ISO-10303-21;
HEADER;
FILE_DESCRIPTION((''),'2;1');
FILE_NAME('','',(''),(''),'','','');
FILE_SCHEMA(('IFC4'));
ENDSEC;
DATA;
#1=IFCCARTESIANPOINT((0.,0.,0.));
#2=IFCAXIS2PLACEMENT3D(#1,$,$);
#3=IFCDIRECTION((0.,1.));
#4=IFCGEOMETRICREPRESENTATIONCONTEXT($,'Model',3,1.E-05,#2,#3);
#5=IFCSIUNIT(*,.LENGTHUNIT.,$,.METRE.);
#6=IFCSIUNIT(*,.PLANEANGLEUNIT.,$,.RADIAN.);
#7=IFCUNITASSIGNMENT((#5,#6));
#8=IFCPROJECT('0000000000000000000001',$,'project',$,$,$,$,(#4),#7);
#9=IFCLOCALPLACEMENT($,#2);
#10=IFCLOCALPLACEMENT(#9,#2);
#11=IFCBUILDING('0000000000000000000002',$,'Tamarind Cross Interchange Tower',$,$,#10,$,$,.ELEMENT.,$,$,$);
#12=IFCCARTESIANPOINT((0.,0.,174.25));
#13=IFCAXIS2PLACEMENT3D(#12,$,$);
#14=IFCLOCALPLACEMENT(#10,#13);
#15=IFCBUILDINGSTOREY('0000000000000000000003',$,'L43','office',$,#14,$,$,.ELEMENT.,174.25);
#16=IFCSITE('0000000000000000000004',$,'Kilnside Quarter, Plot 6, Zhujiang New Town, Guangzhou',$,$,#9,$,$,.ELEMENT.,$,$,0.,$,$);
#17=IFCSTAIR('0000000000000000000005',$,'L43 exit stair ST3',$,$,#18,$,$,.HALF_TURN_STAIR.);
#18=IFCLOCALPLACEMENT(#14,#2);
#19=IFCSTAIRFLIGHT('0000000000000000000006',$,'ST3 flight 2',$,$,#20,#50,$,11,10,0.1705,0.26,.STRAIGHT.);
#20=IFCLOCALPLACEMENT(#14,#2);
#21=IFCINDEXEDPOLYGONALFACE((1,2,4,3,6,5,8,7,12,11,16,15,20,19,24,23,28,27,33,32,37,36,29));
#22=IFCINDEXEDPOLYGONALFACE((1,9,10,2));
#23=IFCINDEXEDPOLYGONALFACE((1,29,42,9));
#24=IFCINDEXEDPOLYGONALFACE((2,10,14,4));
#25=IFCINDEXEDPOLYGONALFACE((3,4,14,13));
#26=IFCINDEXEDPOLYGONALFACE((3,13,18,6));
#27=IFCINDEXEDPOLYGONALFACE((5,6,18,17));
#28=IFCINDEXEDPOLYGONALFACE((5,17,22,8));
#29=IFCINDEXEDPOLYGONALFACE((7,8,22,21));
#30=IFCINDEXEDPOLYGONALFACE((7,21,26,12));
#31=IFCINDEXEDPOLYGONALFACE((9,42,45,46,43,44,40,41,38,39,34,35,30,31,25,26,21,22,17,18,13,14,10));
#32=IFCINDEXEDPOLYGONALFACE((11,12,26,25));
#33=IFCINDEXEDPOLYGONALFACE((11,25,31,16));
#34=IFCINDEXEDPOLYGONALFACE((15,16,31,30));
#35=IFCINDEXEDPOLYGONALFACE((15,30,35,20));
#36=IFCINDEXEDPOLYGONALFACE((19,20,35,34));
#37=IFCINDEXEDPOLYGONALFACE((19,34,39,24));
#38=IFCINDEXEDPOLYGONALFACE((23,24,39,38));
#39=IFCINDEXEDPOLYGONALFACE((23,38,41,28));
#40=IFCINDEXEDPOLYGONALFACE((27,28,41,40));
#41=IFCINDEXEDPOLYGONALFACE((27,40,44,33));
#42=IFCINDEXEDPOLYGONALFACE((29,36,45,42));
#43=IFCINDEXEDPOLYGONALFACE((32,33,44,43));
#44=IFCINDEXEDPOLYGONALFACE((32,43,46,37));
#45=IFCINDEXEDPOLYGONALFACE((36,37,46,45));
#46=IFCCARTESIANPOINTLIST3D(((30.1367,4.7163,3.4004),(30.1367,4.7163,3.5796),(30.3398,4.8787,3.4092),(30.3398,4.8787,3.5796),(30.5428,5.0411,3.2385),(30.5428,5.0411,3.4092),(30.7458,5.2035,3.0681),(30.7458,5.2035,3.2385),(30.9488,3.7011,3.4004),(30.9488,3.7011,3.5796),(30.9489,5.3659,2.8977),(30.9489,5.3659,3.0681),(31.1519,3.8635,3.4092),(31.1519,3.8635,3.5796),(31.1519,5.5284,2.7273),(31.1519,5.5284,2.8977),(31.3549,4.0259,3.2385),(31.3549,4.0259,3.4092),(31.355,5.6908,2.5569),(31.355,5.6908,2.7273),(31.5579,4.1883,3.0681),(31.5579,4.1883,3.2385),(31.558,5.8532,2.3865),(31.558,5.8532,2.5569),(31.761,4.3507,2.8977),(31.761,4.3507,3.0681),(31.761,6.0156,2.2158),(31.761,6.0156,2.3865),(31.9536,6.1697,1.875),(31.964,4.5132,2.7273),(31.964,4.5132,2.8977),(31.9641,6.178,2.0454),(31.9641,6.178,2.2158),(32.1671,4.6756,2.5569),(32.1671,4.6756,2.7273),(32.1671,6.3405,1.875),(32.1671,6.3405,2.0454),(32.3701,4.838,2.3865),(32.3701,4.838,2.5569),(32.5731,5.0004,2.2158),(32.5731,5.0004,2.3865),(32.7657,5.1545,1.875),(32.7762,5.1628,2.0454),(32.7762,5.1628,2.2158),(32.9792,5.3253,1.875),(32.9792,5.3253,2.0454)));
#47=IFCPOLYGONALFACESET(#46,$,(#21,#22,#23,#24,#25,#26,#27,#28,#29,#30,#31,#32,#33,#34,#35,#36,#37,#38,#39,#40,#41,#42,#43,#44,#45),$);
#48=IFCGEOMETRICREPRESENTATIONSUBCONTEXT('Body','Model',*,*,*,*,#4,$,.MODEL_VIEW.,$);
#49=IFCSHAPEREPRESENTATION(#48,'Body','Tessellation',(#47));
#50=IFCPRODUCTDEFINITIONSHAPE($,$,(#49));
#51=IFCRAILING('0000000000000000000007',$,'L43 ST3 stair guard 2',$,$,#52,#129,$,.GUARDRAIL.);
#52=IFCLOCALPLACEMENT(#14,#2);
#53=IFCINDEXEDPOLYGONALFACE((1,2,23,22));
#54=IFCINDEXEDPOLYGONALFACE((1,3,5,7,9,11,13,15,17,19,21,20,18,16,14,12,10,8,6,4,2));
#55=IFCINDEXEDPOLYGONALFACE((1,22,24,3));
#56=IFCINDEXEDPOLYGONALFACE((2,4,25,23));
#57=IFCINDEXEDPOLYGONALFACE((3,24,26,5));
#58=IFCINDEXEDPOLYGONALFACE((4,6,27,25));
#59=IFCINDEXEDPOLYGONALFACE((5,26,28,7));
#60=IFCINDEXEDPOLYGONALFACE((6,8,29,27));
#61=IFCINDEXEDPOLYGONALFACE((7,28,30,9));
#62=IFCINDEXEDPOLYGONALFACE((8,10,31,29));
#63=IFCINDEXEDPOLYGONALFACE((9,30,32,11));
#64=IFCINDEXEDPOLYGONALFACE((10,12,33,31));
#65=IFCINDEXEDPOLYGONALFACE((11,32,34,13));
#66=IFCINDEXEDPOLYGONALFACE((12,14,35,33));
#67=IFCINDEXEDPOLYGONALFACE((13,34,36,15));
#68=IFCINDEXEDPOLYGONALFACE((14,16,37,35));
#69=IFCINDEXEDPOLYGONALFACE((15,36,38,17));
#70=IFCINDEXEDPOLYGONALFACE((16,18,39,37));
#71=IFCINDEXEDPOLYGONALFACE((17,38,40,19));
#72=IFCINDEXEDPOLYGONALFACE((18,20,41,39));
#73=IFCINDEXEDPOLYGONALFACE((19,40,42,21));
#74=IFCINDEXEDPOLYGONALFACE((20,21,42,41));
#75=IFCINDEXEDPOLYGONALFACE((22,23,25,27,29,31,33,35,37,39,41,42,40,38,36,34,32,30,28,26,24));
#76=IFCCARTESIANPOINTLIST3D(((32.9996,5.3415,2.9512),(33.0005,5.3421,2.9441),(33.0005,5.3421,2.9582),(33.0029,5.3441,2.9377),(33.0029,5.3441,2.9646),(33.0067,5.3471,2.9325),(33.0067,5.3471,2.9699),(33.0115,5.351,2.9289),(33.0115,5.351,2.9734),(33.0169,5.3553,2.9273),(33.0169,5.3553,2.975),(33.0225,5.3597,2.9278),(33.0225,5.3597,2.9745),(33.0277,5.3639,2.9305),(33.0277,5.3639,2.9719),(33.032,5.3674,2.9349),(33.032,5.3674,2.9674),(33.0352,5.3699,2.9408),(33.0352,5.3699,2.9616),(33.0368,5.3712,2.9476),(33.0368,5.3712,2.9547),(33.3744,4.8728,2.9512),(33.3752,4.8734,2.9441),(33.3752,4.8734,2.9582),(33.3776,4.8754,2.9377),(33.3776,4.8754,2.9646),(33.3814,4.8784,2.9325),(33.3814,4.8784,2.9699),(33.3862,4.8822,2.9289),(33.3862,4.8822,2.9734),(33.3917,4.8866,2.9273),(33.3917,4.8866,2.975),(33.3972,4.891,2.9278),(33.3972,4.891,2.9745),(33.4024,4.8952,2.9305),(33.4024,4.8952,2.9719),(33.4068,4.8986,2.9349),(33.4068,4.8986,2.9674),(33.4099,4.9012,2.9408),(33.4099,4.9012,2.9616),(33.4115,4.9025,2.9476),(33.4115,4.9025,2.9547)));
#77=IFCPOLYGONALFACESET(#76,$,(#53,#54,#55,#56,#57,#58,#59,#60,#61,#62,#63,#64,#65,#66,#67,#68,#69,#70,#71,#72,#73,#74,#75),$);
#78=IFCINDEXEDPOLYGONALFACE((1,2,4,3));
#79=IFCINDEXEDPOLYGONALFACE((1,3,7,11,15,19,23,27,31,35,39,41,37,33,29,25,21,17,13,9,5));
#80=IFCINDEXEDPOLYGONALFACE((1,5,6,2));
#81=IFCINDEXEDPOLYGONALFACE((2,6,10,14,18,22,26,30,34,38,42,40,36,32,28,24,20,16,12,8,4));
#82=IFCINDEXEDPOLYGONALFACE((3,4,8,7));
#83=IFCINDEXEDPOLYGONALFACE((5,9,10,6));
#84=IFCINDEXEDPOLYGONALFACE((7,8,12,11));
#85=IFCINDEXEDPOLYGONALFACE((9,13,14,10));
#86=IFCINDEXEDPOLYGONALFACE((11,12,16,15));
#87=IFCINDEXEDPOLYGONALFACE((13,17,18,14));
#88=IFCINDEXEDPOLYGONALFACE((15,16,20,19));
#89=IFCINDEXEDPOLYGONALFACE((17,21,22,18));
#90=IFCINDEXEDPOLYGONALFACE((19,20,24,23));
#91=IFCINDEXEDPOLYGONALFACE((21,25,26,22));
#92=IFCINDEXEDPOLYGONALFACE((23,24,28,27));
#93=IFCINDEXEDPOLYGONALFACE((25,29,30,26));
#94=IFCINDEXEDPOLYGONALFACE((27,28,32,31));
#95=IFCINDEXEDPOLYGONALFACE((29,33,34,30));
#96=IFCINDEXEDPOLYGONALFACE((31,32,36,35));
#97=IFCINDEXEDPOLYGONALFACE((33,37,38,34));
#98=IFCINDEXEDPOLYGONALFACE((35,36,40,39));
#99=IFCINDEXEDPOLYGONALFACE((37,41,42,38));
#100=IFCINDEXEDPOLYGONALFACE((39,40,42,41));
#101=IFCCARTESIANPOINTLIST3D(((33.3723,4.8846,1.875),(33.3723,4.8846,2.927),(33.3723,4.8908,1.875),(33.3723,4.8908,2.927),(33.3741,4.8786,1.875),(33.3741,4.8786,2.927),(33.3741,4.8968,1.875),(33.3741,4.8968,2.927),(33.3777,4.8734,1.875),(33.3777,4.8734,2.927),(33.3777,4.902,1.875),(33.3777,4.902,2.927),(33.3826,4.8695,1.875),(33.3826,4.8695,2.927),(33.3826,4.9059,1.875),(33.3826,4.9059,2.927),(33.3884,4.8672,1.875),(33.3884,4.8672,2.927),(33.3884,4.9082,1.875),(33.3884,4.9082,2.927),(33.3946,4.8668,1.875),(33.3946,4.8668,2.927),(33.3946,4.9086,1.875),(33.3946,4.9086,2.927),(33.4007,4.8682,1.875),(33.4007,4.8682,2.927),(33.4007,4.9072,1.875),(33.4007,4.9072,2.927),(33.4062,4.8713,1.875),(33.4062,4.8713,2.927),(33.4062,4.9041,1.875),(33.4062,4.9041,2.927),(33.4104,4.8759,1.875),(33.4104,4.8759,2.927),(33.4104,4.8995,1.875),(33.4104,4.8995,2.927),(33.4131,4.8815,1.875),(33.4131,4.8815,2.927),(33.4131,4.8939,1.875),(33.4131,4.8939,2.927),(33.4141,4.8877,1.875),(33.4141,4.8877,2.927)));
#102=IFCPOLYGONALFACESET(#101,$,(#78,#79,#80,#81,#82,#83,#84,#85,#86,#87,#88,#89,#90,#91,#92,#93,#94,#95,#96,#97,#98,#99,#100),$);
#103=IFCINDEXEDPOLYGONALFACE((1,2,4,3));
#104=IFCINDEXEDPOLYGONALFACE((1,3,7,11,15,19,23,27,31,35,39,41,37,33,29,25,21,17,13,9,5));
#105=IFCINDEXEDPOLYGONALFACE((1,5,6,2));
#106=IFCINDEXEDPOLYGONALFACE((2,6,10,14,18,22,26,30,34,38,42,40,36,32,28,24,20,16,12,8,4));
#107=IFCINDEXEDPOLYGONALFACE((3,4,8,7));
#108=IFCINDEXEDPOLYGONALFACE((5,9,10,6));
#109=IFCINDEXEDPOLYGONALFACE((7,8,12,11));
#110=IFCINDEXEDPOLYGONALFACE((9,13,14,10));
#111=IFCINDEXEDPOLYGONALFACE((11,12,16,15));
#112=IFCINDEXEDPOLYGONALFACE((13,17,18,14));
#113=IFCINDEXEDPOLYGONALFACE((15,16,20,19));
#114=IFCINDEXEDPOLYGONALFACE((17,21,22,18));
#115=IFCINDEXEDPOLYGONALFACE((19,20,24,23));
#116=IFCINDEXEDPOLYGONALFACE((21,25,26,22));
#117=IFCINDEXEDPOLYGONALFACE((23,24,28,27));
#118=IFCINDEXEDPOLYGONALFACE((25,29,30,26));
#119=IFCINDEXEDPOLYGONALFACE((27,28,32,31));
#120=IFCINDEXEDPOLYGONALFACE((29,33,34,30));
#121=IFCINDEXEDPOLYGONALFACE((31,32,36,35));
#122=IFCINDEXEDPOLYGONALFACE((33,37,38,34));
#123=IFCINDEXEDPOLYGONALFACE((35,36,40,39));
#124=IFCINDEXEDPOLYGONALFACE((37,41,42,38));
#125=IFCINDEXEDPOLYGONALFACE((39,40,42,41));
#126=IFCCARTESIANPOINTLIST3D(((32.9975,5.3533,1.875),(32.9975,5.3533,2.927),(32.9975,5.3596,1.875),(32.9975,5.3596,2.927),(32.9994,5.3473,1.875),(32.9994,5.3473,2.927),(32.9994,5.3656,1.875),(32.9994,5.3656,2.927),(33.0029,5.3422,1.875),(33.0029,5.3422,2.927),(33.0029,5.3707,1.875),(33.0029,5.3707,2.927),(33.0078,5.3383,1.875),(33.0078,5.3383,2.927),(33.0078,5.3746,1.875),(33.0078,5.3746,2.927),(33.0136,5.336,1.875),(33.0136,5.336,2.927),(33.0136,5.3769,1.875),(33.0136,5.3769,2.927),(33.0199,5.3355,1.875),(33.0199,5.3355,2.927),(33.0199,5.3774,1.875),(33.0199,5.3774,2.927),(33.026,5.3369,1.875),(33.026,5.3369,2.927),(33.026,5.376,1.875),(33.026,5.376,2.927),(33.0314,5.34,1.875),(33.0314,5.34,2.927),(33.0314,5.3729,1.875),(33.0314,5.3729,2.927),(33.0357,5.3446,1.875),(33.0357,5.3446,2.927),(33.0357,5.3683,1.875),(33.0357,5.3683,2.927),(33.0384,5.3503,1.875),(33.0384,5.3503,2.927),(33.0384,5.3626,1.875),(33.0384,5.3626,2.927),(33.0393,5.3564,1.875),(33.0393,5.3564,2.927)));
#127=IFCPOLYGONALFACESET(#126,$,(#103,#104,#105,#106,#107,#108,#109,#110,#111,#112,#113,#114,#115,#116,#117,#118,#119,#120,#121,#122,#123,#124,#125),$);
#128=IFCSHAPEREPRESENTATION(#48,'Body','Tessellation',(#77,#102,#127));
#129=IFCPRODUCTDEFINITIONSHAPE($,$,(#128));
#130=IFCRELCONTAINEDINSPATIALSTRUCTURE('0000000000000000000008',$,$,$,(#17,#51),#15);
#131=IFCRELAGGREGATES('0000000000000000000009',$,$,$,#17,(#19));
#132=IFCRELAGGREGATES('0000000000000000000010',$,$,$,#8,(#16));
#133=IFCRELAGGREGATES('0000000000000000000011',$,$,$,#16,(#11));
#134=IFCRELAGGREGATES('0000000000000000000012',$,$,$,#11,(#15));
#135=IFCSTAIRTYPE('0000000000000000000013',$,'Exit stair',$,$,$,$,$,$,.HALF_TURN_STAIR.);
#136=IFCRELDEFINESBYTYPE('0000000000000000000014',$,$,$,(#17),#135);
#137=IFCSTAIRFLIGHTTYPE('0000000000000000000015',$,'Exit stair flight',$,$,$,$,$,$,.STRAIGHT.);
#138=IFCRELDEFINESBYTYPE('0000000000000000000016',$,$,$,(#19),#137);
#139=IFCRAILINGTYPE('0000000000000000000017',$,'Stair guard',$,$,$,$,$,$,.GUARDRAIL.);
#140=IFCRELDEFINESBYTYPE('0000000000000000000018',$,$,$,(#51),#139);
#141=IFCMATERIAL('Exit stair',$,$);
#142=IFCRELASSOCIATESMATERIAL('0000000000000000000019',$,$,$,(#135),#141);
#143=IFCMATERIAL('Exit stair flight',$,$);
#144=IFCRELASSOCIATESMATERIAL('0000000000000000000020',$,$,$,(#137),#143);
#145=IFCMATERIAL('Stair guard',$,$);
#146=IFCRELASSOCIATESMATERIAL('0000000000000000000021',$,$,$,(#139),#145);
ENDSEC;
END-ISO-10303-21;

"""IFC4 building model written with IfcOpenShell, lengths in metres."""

from ifc_helpers import new_model, si_unit, direction, frame, origin, origin_2d, place, context, subcontext, project, spatial, polyline, circle, outline, extrude, material, type_object, element, aggregate, save


model = new_model("IFC4")

# Units and contexts
model_context = context("Model", 3, precision=1e-05, world=origin(), true_north=direction((0.0, 1.0)))
body_context = subcontext(model_context, "Body", "Model", "MODEL_VIEW")
ifc_project = project(units=[si_unit("LENGTHUNIT", "METRE"), si_unit("PLANEANGLEUNIT", "RADIAN")], contexts=[model_context])

# Site, building, storey
site_placement = place(None, origin())
site = spatial("IfcSite", under=ifc_project, at=site_placement, Name="Kilnside Quarter, Plot 6, Zhujiang New Town, Guangzhou", CompositionType="ELEMENT", RefElevation=0.0)
building_placement = place(site_placement, origin())
building = spatial("IfcBuilding", under=site, at=building_placement, Name="Tamarind Cross Interchange Tower", CompositionType="ELEMENT")
storey_placement = place(building_placement, frame((0.0, 0.0, 174.25)))
storey = spatial("IfcBuildingStorey", under=building, at=storey_placement, Name="L43", Description="office", CompositionType="ELEMENT", Elevation=174.25)

# Stair, stair flight
ifc_material_1 = material(Name="Exit stair")
stair_type = type_object("IfcStairType", Name="Exit stair", PredefinedType="HALF_TURN_STAIR", material=ifc_material_1)
stair_placement = place(storey_placement, origin())
stair = element("IfcStair", 1, at=stair_placement, inside=storey, type_object=stair_type, Name="L43 exit stair ST3", PredefinedType="HALF_TURN_STAIR")
ifc_material_2 = material(Name="Exit stair flight")
stair_flight_type = type_object("IfcStairFlightType", Name="Exit stair flight", PredefinedType="STRAIGHT", material=ifc_material_2)
stair_flight_1_placement = place(storey_placement, frame((32.5732, 5.8328, 1.875), z_axis=(0.0, 0.0, 1.0), x_axis=(-0.780893, -0.624665, 0.0)))
stair_flight_1 = element("IfcStairFlight", 2, at=stair_flight_1_placement, type_object=stair_flight_type, Name="ST3 flight 2", NumberOfRisers=11, NumberOfTreads=10, PredefinedType="STRAIGHT", RiserHeight=0.1705, TreadLength=0.26, context=body_context, shape_type="SweptSolid", body=[
    extrude(outline(polyline([(0.0, 0.0), (0.0, 0.1704), (0.26, 0.1704), (0.26, 0.3408), (0.52, 0.3408), (0.52, 0.5115), (0.78, 0.5115), (0.78, 0.6819), (1.04, 0.6819), (1.04, 0.8523), (1.3, 0.8523), (1.3, 1.0227), (1.5601, 1.0227), (1.5601, 1.1931), (1.8201, 1.1931), (1.8201, 1.3635), (2.0801, 1.3635), (2.0801, 1.5342), (2.3401, 1.5342), (2.3401, 1.7046), (2.6001, 1.7046), (2.6001, 1.875), (2.6001, 1.5254), (0.2734, 0.0), (0.0, 0.0)])), frame((0.0, 0.6499, 0.0), z_axis=(0.0, -1.0, 0.0), x_axis=(1.0, 0.0, 0.0)), (0.0, 0.0, 1.0), 1.3),
])
aggregate(stair, [stair_flight_1])

# Railing
ifc_material_3 = material(Name="Stair guard")
railing_type_1 = type_object("IfcRailingType", Name="Stair guard", PredefinedType="GUARDRAIL", material=ifc_material_3)
railing_1_placement = place(storey_placement, frame((33.3931, 4.8877, 1.875)))
element("IfcRailing", 3, at=railing_1_placement, inside=storey, type_object=railing_type_1, Name="L43 ST3 stair guard 2", PredefinedType="GUARDRAIL", context=body_context, shape_type="SweptSolid", body=[
    extrude(circle(Radius=0.0239, at=origin_2d()), frame((0.0, 0.0, 1.0762), z_axis=(-0.624447, 0.781067, 0.0), x_axis=(-0.781067, -0.624447, 0.0)), (0.0, 0.0, 1.0), 0.6001),
    extrude(circle(Radius=0.021, at=origin_2d()), origin(), (0.0, 0.0, 1.0), 1.052),
    extrude(circle(Radius=0.021, at=origin_2d()), frame((-0.3748, 0.4688, 0.0)), (0.0, 0.0, 1.0), 1.052),
])

save(model, "model.ifc")
